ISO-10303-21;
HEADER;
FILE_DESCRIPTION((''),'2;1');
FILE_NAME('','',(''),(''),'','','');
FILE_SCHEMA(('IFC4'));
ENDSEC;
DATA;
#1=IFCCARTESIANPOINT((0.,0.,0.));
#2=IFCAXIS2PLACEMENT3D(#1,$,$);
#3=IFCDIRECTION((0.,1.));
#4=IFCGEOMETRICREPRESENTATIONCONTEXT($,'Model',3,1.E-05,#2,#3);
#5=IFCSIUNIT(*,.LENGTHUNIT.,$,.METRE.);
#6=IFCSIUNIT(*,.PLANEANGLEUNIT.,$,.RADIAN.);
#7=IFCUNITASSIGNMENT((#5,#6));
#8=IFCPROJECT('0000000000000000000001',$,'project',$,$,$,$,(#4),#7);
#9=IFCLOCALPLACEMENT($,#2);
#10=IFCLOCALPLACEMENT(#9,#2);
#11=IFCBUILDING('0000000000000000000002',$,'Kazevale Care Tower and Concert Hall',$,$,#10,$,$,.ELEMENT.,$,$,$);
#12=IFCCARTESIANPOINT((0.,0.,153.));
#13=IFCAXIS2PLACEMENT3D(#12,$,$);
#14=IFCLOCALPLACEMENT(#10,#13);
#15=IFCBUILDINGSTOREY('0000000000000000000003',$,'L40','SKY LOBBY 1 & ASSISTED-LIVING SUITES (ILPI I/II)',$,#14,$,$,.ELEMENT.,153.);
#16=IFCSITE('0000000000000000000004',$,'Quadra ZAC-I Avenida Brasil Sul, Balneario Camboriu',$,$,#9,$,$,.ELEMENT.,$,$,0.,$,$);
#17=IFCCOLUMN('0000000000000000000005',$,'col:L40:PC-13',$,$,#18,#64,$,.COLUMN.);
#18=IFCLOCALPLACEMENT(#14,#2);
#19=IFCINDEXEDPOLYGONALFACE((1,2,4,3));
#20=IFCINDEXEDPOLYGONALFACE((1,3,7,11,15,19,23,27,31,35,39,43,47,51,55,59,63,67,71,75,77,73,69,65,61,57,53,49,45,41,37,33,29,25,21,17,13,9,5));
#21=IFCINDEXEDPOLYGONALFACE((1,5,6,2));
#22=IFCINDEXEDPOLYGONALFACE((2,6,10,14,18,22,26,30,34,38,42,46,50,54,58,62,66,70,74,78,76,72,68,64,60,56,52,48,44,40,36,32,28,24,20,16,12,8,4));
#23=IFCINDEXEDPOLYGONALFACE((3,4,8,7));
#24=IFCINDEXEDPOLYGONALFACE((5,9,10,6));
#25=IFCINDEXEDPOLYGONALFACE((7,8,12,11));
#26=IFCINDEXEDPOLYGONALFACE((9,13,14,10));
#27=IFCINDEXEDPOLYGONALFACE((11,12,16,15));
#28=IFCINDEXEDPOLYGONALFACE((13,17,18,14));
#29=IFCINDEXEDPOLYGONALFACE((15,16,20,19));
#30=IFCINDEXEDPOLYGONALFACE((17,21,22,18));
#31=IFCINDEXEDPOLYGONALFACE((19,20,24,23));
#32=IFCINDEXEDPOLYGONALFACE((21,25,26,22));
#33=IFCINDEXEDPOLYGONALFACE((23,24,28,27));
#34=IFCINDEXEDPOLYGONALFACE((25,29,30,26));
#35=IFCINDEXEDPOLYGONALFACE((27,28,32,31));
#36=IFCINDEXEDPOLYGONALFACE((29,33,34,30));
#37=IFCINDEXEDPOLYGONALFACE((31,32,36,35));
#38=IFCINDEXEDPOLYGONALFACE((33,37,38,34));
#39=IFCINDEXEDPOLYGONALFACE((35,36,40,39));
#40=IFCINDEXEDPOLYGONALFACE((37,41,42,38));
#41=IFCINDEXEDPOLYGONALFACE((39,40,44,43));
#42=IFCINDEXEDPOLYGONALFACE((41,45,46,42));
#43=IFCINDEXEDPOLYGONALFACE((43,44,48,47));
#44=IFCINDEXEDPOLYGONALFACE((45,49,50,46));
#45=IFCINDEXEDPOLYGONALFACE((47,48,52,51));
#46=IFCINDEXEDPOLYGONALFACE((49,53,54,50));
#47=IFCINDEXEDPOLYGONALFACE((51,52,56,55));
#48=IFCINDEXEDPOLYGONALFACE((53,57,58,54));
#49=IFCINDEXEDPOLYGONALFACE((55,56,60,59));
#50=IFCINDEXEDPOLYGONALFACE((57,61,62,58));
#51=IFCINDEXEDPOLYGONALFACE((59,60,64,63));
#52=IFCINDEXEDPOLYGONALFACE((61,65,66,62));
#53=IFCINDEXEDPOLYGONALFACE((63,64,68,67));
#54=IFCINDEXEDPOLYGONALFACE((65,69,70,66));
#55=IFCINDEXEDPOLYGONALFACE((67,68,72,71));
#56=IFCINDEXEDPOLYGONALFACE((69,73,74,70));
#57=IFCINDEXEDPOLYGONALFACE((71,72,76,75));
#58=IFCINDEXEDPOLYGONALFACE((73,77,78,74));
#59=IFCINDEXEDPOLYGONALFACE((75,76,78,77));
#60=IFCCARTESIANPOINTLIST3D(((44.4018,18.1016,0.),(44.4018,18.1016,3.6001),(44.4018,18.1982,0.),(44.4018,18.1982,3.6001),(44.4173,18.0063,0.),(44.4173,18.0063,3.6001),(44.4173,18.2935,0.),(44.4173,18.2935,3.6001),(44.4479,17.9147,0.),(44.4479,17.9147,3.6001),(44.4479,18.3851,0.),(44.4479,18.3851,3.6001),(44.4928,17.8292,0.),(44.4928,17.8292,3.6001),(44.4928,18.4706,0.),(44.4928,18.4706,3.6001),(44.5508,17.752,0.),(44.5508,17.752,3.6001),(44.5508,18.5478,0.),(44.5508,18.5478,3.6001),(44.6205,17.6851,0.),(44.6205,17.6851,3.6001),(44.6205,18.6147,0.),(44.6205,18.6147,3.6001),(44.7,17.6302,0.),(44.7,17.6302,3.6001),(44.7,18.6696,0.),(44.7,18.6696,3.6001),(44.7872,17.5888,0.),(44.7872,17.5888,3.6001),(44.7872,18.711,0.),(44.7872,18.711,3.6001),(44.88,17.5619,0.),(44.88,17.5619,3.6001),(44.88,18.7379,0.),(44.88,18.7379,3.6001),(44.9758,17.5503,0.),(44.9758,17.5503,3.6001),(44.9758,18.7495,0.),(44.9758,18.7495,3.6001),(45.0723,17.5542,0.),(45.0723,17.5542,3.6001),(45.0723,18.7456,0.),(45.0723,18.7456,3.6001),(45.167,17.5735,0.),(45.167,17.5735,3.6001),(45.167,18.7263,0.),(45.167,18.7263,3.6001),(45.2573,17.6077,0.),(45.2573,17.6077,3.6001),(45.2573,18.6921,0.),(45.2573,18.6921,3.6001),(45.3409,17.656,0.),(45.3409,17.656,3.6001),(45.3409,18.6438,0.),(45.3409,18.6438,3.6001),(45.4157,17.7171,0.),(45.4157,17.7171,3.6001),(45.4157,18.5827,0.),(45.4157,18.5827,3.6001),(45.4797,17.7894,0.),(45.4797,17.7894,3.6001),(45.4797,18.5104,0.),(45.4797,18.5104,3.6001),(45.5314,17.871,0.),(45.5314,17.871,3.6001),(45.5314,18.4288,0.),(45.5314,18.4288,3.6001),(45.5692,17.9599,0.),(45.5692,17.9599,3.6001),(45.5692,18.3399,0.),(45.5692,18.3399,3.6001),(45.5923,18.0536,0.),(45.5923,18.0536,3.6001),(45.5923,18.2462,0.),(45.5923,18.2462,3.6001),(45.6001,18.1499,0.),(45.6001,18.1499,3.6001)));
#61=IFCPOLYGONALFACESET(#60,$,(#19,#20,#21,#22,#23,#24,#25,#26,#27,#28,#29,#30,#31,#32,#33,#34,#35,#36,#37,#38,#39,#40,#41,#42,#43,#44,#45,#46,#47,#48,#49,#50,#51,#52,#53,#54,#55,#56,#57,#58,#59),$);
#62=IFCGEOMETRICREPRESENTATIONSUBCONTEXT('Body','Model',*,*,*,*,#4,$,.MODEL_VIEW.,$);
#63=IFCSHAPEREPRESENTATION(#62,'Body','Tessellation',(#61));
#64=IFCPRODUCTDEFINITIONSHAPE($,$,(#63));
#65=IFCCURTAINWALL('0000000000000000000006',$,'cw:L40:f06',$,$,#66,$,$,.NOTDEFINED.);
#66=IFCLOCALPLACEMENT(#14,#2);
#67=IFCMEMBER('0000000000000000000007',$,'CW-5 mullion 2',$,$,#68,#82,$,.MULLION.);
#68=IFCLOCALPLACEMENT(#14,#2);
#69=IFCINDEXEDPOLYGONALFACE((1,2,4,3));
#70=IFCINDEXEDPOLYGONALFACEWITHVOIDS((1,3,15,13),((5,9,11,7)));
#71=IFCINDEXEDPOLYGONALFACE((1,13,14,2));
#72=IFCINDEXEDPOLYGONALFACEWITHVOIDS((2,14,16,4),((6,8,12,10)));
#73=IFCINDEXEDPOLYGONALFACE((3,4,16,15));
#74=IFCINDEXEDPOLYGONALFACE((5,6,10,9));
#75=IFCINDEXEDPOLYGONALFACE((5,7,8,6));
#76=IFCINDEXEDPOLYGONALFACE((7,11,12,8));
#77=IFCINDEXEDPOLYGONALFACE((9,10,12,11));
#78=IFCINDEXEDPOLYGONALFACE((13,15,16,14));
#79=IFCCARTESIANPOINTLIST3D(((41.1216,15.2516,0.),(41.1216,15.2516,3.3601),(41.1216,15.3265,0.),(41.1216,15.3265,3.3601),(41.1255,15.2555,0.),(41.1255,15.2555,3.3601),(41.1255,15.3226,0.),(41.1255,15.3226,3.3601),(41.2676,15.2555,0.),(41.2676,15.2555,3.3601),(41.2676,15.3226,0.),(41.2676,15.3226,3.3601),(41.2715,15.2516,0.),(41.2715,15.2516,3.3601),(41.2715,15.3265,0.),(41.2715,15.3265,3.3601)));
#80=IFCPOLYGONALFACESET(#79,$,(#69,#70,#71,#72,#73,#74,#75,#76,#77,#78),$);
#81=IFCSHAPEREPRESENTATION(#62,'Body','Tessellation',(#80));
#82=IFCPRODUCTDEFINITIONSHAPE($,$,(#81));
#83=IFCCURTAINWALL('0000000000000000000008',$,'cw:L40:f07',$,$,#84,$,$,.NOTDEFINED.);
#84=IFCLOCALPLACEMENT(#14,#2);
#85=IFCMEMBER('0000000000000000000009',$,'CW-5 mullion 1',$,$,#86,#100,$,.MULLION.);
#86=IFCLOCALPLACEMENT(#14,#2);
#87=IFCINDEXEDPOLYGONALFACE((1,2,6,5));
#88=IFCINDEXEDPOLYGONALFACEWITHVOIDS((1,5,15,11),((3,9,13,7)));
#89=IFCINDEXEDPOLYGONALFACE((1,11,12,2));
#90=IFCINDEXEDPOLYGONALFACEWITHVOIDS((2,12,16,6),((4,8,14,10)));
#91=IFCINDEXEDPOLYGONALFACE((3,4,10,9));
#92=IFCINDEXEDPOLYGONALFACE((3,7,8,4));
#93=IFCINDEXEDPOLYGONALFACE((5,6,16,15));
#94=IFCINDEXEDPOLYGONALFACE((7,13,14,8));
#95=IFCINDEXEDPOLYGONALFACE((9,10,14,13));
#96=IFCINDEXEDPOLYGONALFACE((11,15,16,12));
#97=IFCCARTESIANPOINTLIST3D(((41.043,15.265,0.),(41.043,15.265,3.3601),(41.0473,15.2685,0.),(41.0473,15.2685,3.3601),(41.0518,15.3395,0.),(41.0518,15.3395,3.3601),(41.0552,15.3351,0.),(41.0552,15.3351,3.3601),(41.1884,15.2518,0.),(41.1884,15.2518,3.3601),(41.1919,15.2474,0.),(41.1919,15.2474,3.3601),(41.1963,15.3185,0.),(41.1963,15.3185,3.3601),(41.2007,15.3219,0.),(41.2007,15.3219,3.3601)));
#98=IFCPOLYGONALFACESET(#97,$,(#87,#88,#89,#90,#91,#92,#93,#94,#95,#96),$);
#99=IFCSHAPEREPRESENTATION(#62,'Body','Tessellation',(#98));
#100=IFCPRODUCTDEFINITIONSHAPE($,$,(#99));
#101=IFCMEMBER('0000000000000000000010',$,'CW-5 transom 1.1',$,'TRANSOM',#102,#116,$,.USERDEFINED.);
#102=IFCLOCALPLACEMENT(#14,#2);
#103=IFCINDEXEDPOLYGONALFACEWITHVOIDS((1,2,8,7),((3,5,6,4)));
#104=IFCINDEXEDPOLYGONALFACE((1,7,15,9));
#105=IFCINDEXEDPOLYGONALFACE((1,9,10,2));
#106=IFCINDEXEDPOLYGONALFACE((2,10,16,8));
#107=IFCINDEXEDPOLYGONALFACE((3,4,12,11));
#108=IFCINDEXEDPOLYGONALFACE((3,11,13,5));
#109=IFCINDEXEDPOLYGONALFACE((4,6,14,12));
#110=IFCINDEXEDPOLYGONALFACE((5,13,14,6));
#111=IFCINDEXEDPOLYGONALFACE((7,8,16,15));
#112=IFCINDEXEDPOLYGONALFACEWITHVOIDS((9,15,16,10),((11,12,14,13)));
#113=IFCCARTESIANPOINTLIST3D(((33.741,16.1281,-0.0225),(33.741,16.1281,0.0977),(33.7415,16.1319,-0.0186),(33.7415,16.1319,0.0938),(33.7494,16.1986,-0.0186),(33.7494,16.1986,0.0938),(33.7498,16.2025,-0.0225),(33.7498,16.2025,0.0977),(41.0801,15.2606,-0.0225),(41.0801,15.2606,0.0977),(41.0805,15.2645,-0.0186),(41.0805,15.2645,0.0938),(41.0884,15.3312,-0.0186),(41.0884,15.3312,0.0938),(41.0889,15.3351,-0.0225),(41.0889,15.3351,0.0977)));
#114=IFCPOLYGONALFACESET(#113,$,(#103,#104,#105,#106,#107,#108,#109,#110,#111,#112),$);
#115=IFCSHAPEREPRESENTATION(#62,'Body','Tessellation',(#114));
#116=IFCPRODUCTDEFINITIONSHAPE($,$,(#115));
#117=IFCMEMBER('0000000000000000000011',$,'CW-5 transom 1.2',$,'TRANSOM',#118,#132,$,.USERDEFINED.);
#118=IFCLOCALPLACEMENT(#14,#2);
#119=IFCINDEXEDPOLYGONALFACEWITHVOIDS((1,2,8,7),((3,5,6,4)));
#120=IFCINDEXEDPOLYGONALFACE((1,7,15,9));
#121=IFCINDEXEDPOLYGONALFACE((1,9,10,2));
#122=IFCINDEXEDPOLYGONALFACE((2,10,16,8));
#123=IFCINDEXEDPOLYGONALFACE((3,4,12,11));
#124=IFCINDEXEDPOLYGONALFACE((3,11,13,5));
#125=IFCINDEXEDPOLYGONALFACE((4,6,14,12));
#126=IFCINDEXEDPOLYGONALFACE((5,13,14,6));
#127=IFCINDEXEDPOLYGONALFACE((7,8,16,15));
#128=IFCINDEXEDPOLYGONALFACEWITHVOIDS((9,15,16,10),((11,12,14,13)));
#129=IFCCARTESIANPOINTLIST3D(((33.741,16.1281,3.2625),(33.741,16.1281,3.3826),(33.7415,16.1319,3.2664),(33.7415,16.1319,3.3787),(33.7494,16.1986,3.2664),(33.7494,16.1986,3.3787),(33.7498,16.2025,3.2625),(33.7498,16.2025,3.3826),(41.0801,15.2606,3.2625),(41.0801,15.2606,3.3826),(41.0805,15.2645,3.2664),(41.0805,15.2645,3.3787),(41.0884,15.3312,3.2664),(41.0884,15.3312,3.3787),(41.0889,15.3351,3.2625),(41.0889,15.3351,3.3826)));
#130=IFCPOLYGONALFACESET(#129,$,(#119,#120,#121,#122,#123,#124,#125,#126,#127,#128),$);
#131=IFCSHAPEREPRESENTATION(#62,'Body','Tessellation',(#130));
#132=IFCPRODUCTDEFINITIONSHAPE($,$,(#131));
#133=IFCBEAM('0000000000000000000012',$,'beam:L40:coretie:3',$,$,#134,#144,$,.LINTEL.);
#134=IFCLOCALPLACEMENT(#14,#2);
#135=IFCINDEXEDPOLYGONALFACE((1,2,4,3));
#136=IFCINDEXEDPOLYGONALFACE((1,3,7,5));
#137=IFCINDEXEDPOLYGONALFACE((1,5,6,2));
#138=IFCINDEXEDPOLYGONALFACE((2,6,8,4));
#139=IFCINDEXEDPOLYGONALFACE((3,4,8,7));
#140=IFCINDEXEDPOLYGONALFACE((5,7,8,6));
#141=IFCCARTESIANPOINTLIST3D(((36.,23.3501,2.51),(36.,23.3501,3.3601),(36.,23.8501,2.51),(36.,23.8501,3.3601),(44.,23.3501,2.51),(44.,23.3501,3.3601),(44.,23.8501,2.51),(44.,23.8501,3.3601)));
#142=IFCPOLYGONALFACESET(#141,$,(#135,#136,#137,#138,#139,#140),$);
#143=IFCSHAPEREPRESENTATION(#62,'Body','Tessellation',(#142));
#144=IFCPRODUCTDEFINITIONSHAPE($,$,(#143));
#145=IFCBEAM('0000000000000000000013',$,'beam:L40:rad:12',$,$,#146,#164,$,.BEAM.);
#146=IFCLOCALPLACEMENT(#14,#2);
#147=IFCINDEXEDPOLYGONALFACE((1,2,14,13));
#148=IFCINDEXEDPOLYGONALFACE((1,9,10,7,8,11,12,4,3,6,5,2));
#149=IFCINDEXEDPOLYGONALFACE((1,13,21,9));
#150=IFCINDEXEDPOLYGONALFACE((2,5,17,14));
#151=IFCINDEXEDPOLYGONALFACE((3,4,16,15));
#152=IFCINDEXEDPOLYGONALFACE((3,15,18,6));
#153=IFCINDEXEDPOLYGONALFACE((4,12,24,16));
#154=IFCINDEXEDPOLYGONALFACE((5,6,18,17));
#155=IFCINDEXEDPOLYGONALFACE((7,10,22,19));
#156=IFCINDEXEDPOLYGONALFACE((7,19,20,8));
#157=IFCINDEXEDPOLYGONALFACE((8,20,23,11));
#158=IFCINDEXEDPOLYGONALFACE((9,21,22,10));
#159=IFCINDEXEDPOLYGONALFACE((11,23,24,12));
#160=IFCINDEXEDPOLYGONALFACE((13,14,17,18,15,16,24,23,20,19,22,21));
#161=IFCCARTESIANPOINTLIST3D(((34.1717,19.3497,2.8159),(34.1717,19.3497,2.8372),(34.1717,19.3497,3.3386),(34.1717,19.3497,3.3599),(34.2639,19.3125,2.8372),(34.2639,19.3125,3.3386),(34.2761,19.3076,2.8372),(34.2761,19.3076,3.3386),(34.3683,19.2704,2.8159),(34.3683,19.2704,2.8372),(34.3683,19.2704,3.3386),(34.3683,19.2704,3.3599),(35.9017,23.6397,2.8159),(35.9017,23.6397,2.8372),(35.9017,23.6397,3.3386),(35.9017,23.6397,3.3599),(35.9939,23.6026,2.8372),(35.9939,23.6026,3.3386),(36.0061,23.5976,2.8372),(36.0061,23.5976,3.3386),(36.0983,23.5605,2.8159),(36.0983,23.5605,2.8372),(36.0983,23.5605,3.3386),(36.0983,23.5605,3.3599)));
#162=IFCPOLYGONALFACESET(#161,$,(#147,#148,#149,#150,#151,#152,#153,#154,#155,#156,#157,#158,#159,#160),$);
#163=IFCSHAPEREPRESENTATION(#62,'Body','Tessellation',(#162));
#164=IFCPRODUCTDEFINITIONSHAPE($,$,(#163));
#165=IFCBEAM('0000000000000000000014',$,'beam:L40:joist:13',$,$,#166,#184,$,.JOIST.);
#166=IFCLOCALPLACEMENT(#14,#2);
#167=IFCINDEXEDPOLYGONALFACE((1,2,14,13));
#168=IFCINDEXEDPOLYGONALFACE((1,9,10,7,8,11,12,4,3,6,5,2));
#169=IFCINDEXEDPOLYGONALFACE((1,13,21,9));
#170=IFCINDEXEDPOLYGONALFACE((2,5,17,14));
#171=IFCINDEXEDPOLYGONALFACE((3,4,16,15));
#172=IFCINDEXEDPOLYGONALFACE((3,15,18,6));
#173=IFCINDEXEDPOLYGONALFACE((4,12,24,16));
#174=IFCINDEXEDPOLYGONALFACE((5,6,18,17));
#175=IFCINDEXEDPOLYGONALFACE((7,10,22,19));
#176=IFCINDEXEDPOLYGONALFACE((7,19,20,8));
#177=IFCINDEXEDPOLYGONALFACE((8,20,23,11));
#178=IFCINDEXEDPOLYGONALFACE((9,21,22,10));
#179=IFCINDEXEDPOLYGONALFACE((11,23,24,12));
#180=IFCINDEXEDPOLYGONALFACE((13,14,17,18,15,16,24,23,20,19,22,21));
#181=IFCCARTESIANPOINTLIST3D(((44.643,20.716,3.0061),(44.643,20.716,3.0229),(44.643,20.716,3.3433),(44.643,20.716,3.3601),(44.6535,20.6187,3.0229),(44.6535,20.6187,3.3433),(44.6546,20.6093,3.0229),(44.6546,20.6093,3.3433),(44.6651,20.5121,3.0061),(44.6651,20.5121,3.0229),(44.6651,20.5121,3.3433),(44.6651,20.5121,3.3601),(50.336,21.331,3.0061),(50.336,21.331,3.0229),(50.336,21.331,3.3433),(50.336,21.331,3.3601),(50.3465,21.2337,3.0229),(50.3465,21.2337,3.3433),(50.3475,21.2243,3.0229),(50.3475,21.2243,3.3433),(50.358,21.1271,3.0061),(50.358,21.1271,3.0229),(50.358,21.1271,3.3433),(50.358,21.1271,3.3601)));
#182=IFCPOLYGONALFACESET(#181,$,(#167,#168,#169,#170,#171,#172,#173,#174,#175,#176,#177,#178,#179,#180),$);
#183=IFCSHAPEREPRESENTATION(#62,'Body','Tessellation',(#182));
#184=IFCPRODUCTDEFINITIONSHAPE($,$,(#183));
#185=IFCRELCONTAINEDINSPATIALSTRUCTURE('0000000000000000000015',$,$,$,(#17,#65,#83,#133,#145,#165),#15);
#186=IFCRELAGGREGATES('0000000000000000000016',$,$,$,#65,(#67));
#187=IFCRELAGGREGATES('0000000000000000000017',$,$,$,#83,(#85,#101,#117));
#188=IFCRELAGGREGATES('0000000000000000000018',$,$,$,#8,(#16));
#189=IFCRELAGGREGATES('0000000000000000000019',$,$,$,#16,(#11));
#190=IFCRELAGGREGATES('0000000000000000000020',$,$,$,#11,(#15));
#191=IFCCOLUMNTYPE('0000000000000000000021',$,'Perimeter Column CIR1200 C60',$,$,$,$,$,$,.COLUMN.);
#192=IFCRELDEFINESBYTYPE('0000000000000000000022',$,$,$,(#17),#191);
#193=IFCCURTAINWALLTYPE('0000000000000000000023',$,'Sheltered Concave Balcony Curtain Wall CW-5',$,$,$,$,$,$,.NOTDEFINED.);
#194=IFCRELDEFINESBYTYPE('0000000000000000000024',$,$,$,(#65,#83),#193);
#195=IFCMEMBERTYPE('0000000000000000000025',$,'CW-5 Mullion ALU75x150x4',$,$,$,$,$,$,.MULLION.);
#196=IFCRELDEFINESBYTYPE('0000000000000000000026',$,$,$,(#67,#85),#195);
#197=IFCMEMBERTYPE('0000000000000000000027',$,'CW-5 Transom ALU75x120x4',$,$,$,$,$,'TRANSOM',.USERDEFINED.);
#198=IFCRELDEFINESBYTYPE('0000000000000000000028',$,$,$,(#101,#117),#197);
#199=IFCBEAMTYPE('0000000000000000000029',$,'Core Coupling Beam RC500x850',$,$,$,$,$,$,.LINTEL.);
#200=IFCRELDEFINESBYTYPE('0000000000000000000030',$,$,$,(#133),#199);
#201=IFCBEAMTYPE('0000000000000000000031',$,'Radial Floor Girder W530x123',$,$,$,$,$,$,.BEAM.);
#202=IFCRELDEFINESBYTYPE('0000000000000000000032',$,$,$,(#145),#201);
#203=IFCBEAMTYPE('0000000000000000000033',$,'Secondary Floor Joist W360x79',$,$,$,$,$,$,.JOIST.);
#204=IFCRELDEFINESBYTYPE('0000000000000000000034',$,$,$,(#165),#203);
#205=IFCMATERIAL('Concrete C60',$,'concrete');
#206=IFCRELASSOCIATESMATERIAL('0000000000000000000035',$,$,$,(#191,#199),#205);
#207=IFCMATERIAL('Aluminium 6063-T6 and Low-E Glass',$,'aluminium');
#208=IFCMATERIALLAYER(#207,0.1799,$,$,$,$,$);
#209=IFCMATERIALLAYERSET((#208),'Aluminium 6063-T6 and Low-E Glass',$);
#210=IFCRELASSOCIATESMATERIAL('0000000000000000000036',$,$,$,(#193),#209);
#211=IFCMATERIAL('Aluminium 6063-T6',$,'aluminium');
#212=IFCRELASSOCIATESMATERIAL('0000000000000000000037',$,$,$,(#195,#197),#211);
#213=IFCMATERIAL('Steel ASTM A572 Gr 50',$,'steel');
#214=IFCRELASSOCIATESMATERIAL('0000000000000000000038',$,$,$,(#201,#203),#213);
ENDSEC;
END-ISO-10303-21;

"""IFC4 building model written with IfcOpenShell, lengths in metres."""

from ifc_helpers import new_model, si_unit, direction, frame, origin, origin_2d, place, context, subcontext, project, spatial, rectangle, hollow_rectangle, circle, i_section, extrude, material, layer, layer_set, material_profile, profile_set, type_object, element, aggregate, save


model = new_model("IFC4")

# Units and contexts
model_context = context("Model", 3, precision=1e-05, world=origin(), true_north=direction((0.0, 1.0)))
body_context = subcontext(model_context, "Body", "Model", "MODEL_VIEW")
ifc_project = project(units=[si_unit("LENGTHUNIT", "METRE"), si_unit("PLANEANGLEUNIT", "RADIAN")], contexts=[model_context])

# Site, building, storey
site_placement = place(None, origin())
site = spatial("IfcSite", under=ifc_project, at=site_placement, Name="Quadra ZAC-I Avenida Brasil Sul, Balneario Camboriu", CompositionType="ELEMENT", RefElevation=0.0)
building_placement = place(site_placement, origin())
building = spatial("IfcBuilding", under=site, at=building_placement, Name="Kazevale Care Tower and Concert Hall", CompositionType="ELEMENT")
storey_placement = place(building_placement, frame((0.0, 0.0, 153.0)))
storey = spatial("IfcBuildingStorey", under=building, at=storey_placement, Name="L40", Description="SKY LOBBY 1 & ASSISTED-LIVING SUITES (ILPI I/II)", CompositionType="ELEMENT", Elevation=153.0)

# Column
ifc_material_1 = material(Name="Concrete C60", Category="concrete")
ifc_material_profile_1 = material_profile(ifc_material_1, circle(Radius=0.6001, at=origin_2d()), Name="RC-CIR1200")
ifc_profile_set_1 = profile_set([ifc_material_profile_1], Name="Concrete C60")
column_type = type_object("IfcColumnType", Name="Perimeter Column CIR1200 C60", PredefinedType="COLUMN", material=ifc_profile_set_1)
column_placement = place(storey_placement, frame((45.0, 18.1499, 0.0), z_axis=(0.0, 0.0, 1.0), x_axis=(1.0, 0.0, 0.0)))
element("IfcColumn", 1, at=column_placement, inside=storey, type_object=column_type, Name="col:L40:PC-13", PredefinedType="COLUMN", context=body_context, shape_type="SweptSolid", body=[
    extrude(circle(Radius=0.6001, at=origin_2d()), origin(), (0.0, 0.0, 1.0), 3.6001),
])

# Curtain wall, member
ifc_material_2 = material(Name="Aluminium 6063-T6 and Low-E Glass", Category="aluminium")
ifc_layer_1 = layer(ifc_material_2, 0.1799)
ifc_layer_set_1 = layer_set([ifc_layer_1], Name="Aluminium 6063-T6 and Low-E Glass")
curtain_wall_type = type_object("IfcCurtainWallType", Name="Sheltered Concave Balcony Curtain Wall CW-5", PredefinedType="NOTDEFINED", material=ifc_layer_set_1)
curtain_wall_1_placement = place(storey_placement, origin())
curtain_wall_1 = element("IfcCurtainWall", 2, at=curtain_wall_1_placement, inside=storey, type_object=curtain_wall_type, Name="cw:L40:f06", PredefinedType="NOTDEFINED")
ifc_material_3 = material(Name="Aluminium 6063-T6", Category="aluminium")
ifc_material_profile_2 = material_profile(ifc_material_3, hollow_rectangle(XDim=0.075, YDim=0.1499, WallThickness=0.0039, at=origin_2d()), Name="ALU75x150x4")
ifc_profile_set_2 = profile_set([ifc_material_profile_2], Name="Aluminium 6063-T6")
member_type_1 = type_object("IfcMemberType", Name="CW-5 Mullion ALU75x150x4", PredefinedType="MULLION", material=ifc_profile_set_2)
member_1_placement = place(storey_placement, frame((41.1965, 15.2891, 0.0), z_axis=(0.0, 0.0, 1.0), x_axis=(0.0, -1.0, 0.0)))
member_1 = element("IfcMember", 3, at=member_1_placement, type_object=member_type_1, Name="CW-5 mullion 2", PredefinedType="MULLION", context=body_context, shape_type="SweptSolid", body=[
    extrude(hollow_rectangle(XDim=0.075, YDim=0.1499, WallThickness=0.0039, at=origin_2d()), origin(), (0.0, 0.0, 1.0), 3.3601),
])

# Curtain wall, members
curtain_wall_2_placement = place(storey_placement, origin())
curtain_wall_2 = element("IfcCurtainWall", 4, at=curtain_wall_2_placement, inside=storey, type_object=curtain_wall_type, Name="cw:L40:f07", PredefinedType="NOTDEFINED")
member_2_placement = place(storey_placement, frame((41.1218, 15.2935, 0.0), z_axis=(0.0, 0.0, 1.0), x_axis=(-0.117372, -0.993088, 0.0)))
member_2 = element("IfcMember", 5, at=member_2_placement, type_object=member_type_1, Name="CW-5 mullion 1", PredefinedType="MULLION", context=body_context, shape_type="SweptSolid", body=[
    extrude(hollow_rectangle(XDim=0.075, YDim=0.1499, WallThickness=0.0039, at=origin_2d()), origin(), (0.0, 0.0, 1.0), 3.3601),
])
ifc_material_profile_3 = material_profile(ifc_material_3, hollow_rectangle(XDim=0.075, YDim=0.1201, WallThickness=0.0039, at=origin_2d()), Name="ALU75x120x4")
ifc_profile_set_3 = profile_set([ifc_material_profile_3], Name="Aluminium 6063-T6")
member_type_2 = type_object("IfcMemberType", Name="CW-5 Transom ALU75x120x4", ElementType="TRANSOM", PredefinedType="USERDEFINED", material=ifc_profile_set_3)
member_3_placement = place(storey_placement, frame((41.0845, 15.2979, 0.0376), z_axis=(-0.993088, 0.117376, 0.0), x_axis=(-0.117376, -0.993088, 0.0)))
member_3 = element("IfcMember", 6, at=member_3_placement, type_object=member_type_2, Name="CW-5 transom 1.1", ObjectType="TRANSOM", PredefinedType="USERDEFINED", context=body_context, shape_type="SweptSolid", body=[
    extrude(hollow_rectangle(XDim=0.075, YDim=0.1201, WallThickness=0.0039, at=origin_2d()), origin(), (0.0, 0.0, 1.0), 7.3901),
])
member_4_placement = place(storey_placement, frame((41.0845, 15.2979, 3.3225), z_axis=(-0.993088, 0.117376, 0.0), x_axis=(-0.117376, -0.993088, 0.0)))
member_4 = element("IfcMember", 7, at=member_4_placement, type_object=member_type_2, Name="CW-5 transom 1.2", ObjectType="TRANSOM", PredefinedType="USERDEFINED", context=body_context, shape_type="SweptSolid", body=[
    extrude(hollow_rectangle(XDim=0.075, YDim=0.1201, WallThickness=0.0039, at=origin_2d()), origin(), (0.0, 0.0, 1.0), 7.3901),
])

# Beams
ifc_material_profile_4 = material_profile(ifc_material_1, rectangle(XDim=0.5, YDim=0.8501, at=origin_2d()), Name="RC-B500x850")
ifc_profile_set_4 = profile_set([ifc_material_profile_4], Name="Concrete C60")
beam_type_1 = type_object("IfcBeamType", Name="Core Coupling Beam RC500x850", PredefinedType="LINTEL", material=ifc_profile_set_4)
beam_1_placement = place(storey_placement, frame((36.0, 23.6001, 2.9351), z_axis=(1.0, 0.0, 0.0), x_axis=(0.0, 1.0, 0.0)))
element("IfcBeam", 8, at=beam_1_placement, inside=storey, type_object=beam_type_1, Name="beam:L40:coretie:3", PredefinedType="LINTEL", context=body_context, shape_type="SweptSolid", body=[
    extrude(rectangle(XDim=0.5, YDim=0.8501, at=origin_2d()), origin(), (0.0, 0.0, 1.0), 8.0),
])
ifc_material_4 = material(Name="Steel ASTM A572 Gr 50", Category="steel")
ifc_material_profile_5 = material_profile(ifc_material_4, i_section(OverallWidth=0.2119, OverallDepth=0.5439, WebThickness=0.0132, FlangeThickness=0.0212, at=origin_2d()), Name="W530x123")
ifc_profile_set_5 = profile_set([ifc_material_profile_5], Name="Steel ASTM A572 Gr 50")
beam_type_2 = type_object("IfcBeamType", Name="Radial Floor Girder W530x123", PredefinedType="BEAM", material=ifc_profile_set_5)
beam_2_placement = place(storey_placement, frame((36.0, 23.6001, 3.0879), z_axis=(-0.373992, -0.927432, 0.0), x_axis=(0.927432, -0.373992, 0.0)))
element("IfcBeam", 9, at=beam_2_placement, inside=storey, type_object=beam_type_2, Name="beam:L40:rad:12", PredefinedType="BEAM", context=body_context, shape_type="SweptSolid", body=[
    extrude(i_section(OverallWidth=0.2119, OverallDepth=0.5439, WebThickness=0.0132, FlangeThickness=0.0212, at=origin_2d()), origin(), (0.0, 0.0, 1.0), 4.6257),
])
ifc_material_profile_6 = material_profile(ifc_material_4, i_section(OverallWidth=0.2051, OverallDepth=0.354, WebThickness=0.0095, FlangeThickness=0.0168, at=origin_2d()), Name="W360x79")
ifc_profile_set_6 = profile_set([ifc_material_profile_6], Name="Steel ASTM A572 Gr 50")
beam_type_3 = type_object("IfcBeamType", Name="Secondary Floor Joist W360x79", PredefinedType="JOIST", material=ifc_profile_set_6)
beam_3_placement = place(storey_placement, frame((44.6541, 20.614, 3.1831), z_axis=(0.994216, 0.107403, 0.0), x_axis=(-0.107403, 0.994216, 0.0)))
element("IfcBeam", 10, at=beam_3_placement, inside=storey, type_object=beam_type_3, Name="beam:L40:joist:13", PredefinedType="JOIST", context=body_context, shape_type="SweptSolid", body=[
    extrude(i_section(OverallWidth=0.2051, OverallDepth=0.354, WebThickness=0.0095, FlangeThickness=0.0168, at=origin_2d()), origin(), (0.0, 0.0, 1.0), 5.7261),
])

aggregate(curtain_wall_1, [member_1])
aggregate(curtain_wall_2, [member_2, member_3, member_4])

save(model, "model.ifc")
